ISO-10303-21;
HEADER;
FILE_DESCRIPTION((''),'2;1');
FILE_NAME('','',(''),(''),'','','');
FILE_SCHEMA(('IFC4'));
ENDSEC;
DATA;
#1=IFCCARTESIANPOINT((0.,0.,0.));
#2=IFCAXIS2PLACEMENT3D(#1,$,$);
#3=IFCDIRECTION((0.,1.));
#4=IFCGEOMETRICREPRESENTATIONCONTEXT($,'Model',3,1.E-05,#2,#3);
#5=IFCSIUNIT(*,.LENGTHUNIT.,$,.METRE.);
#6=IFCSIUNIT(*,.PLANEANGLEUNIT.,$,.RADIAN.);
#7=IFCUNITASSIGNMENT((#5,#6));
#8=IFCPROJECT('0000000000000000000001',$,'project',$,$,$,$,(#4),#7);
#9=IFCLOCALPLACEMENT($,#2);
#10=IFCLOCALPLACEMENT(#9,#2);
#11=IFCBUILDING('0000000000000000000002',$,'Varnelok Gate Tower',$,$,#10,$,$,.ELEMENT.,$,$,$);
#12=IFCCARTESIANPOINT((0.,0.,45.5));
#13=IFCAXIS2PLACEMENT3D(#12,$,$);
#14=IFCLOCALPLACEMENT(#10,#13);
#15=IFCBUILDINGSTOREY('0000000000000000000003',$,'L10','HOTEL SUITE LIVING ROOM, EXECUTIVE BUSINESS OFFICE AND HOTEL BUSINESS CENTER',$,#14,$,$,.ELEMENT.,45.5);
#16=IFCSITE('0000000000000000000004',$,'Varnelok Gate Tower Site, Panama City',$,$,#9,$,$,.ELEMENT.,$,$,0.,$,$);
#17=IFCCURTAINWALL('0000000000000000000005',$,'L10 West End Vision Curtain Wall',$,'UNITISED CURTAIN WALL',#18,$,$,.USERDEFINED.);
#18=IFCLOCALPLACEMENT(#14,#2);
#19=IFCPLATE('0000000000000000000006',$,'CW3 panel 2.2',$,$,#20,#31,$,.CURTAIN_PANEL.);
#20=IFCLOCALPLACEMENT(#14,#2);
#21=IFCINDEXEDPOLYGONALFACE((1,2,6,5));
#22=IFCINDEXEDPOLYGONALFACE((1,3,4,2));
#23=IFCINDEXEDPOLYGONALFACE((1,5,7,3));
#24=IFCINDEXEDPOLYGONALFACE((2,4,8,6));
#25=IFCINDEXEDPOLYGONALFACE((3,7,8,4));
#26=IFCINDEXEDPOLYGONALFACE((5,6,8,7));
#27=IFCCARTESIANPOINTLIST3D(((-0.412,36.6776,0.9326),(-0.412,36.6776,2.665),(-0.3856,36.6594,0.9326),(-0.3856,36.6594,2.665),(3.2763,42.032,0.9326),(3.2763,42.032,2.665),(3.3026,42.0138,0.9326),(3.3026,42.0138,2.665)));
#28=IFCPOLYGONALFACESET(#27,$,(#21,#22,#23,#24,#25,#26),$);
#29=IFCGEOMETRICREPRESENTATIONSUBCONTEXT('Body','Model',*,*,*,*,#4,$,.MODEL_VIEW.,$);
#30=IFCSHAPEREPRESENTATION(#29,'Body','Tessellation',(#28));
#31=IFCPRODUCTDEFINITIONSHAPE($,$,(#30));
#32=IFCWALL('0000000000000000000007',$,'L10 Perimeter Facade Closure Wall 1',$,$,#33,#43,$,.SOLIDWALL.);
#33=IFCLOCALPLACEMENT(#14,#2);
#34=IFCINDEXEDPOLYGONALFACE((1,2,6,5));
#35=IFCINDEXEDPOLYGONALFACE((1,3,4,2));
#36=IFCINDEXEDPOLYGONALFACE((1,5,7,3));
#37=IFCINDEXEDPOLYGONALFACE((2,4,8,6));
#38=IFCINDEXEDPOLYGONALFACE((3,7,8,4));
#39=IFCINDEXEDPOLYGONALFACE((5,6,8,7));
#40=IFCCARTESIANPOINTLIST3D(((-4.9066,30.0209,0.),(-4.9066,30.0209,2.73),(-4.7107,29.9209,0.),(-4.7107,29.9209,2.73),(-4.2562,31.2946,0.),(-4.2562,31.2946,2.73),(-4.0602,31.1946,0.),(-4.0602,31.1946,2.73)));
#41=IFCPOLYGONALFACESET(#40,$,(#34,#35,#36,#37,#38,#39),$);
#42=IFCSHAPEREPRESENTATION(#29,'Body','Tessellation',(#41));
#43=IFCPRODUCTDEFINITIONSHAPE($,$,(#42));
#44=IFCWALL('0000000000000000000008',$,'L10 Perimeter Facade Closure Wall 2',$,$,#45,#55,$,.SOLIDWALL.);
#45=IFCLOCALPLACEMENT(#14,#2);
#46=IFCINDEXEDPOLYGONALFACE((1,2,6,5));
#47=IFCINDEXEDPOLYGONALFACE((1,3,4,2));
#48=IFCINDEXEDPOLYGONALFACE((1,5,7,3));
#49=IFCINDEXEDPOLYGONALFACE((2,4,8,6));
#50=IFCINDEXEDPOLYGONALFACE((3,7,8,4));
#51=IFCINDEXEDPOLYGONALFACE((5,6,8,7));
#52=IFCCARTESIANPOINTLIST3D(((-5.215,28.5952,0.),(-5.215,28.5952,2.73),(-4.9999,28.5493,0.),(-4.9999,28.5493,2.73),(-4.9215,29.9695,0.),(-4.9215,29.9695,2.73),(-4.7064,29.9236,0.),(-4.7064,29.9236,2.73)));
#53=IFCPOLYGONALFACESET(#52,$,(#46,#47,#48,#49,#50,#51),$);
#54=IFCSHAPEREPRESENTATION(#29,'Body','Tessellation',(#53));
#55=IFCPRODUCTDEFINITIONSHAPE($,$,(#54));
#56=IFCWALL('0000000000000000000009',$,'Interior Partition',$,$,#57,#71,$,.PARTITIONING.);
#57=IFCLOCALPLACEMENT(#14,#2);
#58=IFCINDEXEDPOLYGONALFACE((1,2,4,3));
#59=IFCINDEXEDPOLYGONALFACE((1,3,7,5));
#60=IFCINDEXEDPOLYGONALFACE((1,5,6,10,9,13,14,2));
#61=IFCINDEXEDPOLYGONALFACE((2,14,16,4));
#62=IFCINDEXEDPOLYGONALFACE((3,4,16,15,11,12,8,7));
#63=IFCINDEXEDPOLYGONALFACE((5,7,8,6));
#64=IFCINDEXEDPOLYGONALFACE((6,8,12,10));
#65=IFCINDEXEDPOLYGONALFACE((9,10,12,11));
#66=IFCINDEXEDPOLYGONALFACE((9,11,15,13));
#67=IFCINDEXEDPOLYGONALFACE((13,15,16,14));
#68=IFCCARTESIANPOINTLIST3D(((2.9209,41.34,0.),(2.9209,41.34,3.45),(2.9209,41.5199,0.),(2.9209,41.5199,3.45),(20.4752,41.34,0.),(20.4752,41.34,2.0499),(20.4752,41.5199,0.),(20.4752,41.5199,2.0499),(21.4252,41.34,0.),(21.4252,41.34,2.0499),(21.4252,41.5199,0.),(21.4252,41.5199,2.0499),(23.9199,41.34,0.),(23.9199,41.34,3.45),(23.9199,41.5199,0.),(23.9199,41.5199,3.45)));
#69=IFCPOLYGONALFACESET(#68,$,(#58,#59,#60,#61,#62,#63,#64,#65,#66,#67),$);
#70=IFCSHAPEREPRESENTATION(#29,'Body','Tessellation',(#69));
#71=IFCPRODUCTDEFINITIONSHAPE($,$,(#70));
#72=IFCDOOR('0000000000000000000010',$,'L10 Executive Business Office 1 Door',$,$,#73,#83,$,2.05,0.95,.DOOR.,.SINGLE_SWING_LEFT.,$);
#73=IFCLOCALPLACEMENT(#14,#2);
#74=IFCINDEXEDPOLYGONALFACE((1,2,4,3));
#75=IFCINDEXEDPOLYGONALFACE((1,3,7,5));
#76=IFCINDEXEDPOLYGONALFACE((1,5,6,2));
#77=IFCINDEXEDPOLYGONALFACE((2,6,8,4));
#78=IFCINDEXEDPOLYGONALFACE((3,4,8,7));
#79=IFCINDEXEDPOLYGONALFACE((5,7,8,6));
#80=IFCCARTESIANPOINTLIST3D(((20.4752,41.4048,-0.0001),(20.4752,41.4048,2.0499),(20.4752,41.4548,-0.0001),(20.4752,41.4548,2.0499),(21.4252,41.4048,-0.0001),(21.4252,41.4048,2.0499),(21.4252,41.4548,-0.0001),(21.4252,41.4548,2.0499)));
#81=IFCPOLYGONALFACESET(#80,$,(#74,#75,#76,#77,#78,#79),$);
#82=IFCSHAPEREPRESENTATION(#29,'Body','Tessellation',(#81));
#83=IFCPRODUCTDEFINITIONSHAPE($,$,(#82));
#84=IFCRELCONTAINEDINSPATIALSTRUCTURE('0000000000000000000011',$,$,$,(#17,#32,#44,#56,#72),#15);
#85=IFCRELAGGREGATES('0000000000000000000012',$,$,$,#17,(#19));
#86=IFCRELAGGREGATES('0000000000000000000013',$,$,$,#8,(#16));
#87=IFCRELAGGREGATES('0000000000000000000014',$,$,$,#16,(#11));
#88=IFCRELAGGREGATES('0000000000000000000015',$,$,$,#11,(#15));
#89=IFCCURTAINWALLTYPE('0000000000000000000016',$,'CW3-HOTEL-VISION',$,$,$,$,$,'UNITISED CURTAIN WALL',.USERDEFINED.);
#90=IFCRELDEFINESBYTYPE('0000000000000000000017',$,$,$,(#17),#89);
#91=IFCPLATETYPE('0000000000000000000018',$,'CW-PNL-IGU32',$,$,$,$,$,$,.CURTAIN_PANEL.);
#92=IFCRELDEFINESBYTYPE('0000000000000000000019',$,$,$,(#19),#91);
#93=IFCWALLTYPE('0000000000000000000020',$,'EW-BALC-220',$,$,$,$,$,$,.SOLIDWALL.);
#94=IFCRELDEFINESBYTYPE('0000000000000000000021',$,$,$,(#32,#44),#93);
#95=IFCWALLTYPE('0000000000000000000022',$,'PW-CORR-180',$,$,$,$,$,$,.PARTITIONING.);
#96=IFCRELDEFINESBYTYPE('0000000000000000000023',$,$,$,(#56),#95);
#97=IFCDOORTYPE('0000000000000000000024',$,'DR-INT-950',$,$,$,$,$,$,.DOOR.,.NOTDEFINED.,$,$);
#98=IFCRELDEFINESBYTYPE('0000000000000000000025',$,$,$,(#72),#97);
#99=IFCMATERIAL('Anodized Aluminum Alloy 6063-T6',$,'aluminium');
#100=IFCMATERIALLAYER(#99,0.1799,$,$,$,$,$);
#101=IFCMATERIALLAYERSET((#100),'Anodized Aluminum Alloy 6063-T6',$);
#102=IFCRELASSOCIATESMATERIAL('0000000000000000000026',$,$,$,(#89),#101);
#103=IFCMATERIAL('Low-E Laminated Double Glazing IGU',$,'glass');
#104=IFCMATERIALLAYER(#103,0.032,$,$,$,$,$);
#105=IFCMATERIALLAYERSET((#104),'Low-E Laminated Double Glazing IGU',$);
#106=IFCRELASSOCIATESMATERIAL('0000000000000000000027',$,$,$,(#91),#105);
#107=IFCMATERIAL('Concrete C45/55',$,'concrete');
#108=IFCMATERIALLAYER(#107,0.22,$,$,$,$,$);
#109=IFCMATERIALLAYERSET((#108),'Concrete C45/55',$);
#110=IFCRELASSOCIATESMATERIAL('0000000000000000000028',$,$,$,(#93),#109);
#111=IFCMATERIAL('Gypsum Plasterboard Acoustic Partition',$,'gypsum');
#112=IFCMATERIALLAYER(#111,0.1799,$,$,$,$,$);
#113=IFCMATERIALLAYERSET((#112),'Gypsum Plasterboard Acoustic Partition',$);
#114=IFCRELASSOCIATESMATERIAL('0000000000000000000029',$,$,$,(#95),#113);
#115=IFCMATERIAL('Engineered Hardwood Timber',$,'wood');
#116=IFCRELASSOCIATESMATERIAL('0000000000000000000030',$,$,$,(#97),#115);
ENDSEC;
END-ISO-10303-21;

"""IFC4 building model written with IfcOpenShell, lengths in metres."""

from ifc_helpers import new_model, si_unit, direction, frame, frame_2d, origin, origin_2d, place, context, subcontext, project, spatial, rectangle, extrude, source, transform, mapped, material, layer, layer_set, type_object, element, fill, aggregate, save


model = new_model("IFC4")

# Units and contexts
model_context = context("Model", 3, precision=1e-05, world=origin(), true_north=direction((0.0, 1.0)))
body_context = subcontext(model_context, "Body", "Model", "MODEL_VIEW")
ifc_project = project(units=[si_unit("LENGTHUNIT", "METRE"), si_unit("PLANEANGLEUNIT", "RADIAN")], contexts=[model_context])

# Site, building, storey
site_placement = place(None, origin())
site = spatial("IfcSite", under=ifc_project, at=site_placement, Name="Varnelok Gate Tower Site, Panama City", CompositionType="ELEMENT", RefElevation=0.0)
building_placement = place(site_placement, origin())
building = spatial("IfcBuilding", under=site, at=building_placement, Name="Varnelok Gate Tower", CompositionType="ELEMENT")
storey_placement = place(building_placement, frame((0.0, 0.0, 45.5)))
storey = spatial("IfcBuildingStorey", under=building, at=storey_placement, Name="L10", Description="HOTEL SUITE LIVING ROOM, EXECUTIVE BUSINESS OFFICE AND HOTEL BUSINESS CENTER", CompositionType="ELEMENT", Elevation=45.5)

# Curtain wall
ifc_material_1 = material(Name="Anodized Aluminum Alloy 6063-T6", Category="aluminium")
ifc_layer_1 = layer(ifc_material_1, 0.1799)
ifc_layer_set_1 = layer_set([ifc_layer_1], Name="Anodized Aluminum Alloy 6063-T6")
curtain_wall_type_1 = type_object("IfcCurtainWallType", Name="CW3-HOTEL-VISION", ElementType="UNITISED CURTAIN WALL", PredefinedType="USERDEFINED", material=ifc_layer_set_1)
curtain_wall_1_placement = place(storey_placement, origin())
curtain_wall_1 = element("IfcCurtainWall", 1, at=curtain_wall_1_placement, inside=storey, type_object=curtain_wall_type_1, Name="L10 West End Vision Curtain Wall", ObjectType="UNITISED CURTAIN WALL", PredefinedType="USERDEFINED")

# Plate
ifc_material_2 = material(Name="Low-E Laminated Double Glazing IGU", Category="glass")
ifc_layer_2 = layer(ifc_material_2, 0.032)
ifc_layer_set_2 = layer_set([ifc_layer_2], Name="Low-E Laminated Double Glazing IGU")
plate_type = type_object("IfcPlateType", Name="CW-PNL-IGU32", PredefinedType="CURTAIN_PANEL", material=ifc_layer_set_2)
shared_shape_1 = source(origin(), body_context, "Body", "SweptSolid", [
    extrude(rectangle(XDim=6.5017, YDim=0.032, at=origin_2d()), origin(), (0.0, 0.0, 1.0), 1.7324),
])
plate_1_placement = place(storey_placement, frame((1.4453, 39.3457, 0.9326), z_axis=(0.0, 0.0, 1.0), x_axis=(0.567269, 0.823533, 0.0)))
plate_1 = element("IfcPlate", 2, at=plate_1_placement, type_object=plate_type, Name="CW3 panel 2.2", PredefinedType="CURTAIN_PANEL", context=body_context, shape_type="MappedRepresentation", body=[
    mapped(shared_shape_1, transform((0.0, 0.0, 0.0), scale=1.0)),
])
aggregate(curtain_wall_1, [plate_1])

# Walls
ifc_material_3 = material(Name="Concrete C45/55", Category="concrete")
ifc_layer_3 = layer(ifc_material_3, 0.22)
ifc_layer_set_3 = layer_set([ifc_layer_3], Name="Concrete C45/55")
wall_type_1 = type_object("IfcWallType", Name="EW-BALC-220", PredefinedType="SOLIDWALL", material=ifc_layer_set_3)
wall_1_placement = place(storey_placement, frame((-4.1582, 31.2446, 0.0), z_axis=(0.0, 0.0, 1.0), x_axis=(-0.454777, -0.890605, 0.0)))
element("IfcWall", 3, at=wall_1_placement, inside=storey, type_object=wall_type_1, Name="L10 Perimeter Facade Closure Wall 1", PredefinedType="SOLIDWALL", context=body_context, shape_type="SweptSolid", body=[
    extrude(rectangle(XDim=1.4302, YDim=0.22, at=frame_2d((0.7151, 0.0))), origin(), (0.0, 0.0, 1.0), 2.73),
])
wall_2_placement = place(storey_placement, frame((-4.814, 29.9465, 0.0), z_axis=(0.0, 0.0, 1.0), x_axis=(-0.208829, -0.977952, 0.0)))
element("IfcWall", 4, at=wall_2_placement, inside=storey, type_object=wall_type_1, Name="L10 Perimeter Facade Closure Wall 2", PredefinedType="SOLIDWALL", context=body_context, shape_type="SweptSolid", body=[
    extrude(rectangle(XDim=1.4053, YDim=0.22, at=frame_2d((0.7026, 0.0))), origin(), (0.0, 0.0, 1.0), 2.73),
])

# Wall, opening, door
ifc_material_4 = material(Name="Gypsum Plasterboard Acoustic Partition", Category="gypsum")
ifc_layer_4 = layer(ifc_material_4, 0.1799)
ifc_layer_set_4 = layer_set([ifc_layer_4], Name="Gypsum Plasterboard Acoustic Partition")
wall_type_2 = type_object("IfcWallType", Name="PW-CORR-180", PredefinedType="PARTITIONING", material=ifc_layer_set_4)
wall_3_placement = place(storey_placement, frame((2.9209, 41.4299, 0.0), z_axis=(0.0, 0.0, 1.0), x_axis=(1.0, 0.0, 0.0)))
wall_3 = element("IfcWall", 5, at=wall_3_placement, inside=storey, type_object=wall_type_2, Name="Interior Partition", PredefinedType="PARTITIONING", context=body_context, shape_type="SweptSolid", body=[
    extrude(rectangle(XDim=20.999, YDim=0.1799, at=frame_2d((10.4995, 0.0))), origin(), (0.0, 0.0, 1.0), 3.45),
])
opening_placement = place(wall_3_placement, frame((17.5542, 0.0, 0.0)))
opening = element("IfcOpeningElement", 6, at=opening_placement, cuts=wall_3, PredefinedType="OPENING", context=body_context, shape_type="SweptSolid", body=[
    extrude(rectangle(XDim=0.95, YDim=2.05, at=frame_2d((0.4751, 1.0249))), frame((0.0, 0.0999, 0.0), z_axis=(0.0, -1.0, 0.0), x_axis=(1.0, 0.0, 0.0)), (0.0, 0.0, 1.0), 0.2),
])
ifc_material_5 = material(Name="Engineered Hardwood Timber", Category="wood")
door_type = type_object("IfcDoorType", Name="DR-INT-950", OperationType="NOTDEFINED", PredefinedType="DOOR", material=ifc_material_5)
door_placement = place(opening_placement, origin())
door = element("IfcDoor", 7, at=door_placement, inside=storey, type_object=door_type, Name="L10 Executive Business Office 1 Door", OperationType="SINGLE_SWING_LEFT", OverallHeight=2.05, OverallWidth=0.95, PredefinedType="DOOR", context=body_context, shape_type="SweptSolid", body=[
    extrude(rectangle(XDim=0.95, YDim=2.05, at=frame_2d((0.4751, 1.0249))), frame((0.0, 0.0249, 0.0), z_axis=(0.0, -1.0, 0.0), x_axis=(1.0, 0.0, 0.0)), (0.0, 0.0, 1.0), 0.05),
])
fill(opening, door)

save(model, "model.ifc")
